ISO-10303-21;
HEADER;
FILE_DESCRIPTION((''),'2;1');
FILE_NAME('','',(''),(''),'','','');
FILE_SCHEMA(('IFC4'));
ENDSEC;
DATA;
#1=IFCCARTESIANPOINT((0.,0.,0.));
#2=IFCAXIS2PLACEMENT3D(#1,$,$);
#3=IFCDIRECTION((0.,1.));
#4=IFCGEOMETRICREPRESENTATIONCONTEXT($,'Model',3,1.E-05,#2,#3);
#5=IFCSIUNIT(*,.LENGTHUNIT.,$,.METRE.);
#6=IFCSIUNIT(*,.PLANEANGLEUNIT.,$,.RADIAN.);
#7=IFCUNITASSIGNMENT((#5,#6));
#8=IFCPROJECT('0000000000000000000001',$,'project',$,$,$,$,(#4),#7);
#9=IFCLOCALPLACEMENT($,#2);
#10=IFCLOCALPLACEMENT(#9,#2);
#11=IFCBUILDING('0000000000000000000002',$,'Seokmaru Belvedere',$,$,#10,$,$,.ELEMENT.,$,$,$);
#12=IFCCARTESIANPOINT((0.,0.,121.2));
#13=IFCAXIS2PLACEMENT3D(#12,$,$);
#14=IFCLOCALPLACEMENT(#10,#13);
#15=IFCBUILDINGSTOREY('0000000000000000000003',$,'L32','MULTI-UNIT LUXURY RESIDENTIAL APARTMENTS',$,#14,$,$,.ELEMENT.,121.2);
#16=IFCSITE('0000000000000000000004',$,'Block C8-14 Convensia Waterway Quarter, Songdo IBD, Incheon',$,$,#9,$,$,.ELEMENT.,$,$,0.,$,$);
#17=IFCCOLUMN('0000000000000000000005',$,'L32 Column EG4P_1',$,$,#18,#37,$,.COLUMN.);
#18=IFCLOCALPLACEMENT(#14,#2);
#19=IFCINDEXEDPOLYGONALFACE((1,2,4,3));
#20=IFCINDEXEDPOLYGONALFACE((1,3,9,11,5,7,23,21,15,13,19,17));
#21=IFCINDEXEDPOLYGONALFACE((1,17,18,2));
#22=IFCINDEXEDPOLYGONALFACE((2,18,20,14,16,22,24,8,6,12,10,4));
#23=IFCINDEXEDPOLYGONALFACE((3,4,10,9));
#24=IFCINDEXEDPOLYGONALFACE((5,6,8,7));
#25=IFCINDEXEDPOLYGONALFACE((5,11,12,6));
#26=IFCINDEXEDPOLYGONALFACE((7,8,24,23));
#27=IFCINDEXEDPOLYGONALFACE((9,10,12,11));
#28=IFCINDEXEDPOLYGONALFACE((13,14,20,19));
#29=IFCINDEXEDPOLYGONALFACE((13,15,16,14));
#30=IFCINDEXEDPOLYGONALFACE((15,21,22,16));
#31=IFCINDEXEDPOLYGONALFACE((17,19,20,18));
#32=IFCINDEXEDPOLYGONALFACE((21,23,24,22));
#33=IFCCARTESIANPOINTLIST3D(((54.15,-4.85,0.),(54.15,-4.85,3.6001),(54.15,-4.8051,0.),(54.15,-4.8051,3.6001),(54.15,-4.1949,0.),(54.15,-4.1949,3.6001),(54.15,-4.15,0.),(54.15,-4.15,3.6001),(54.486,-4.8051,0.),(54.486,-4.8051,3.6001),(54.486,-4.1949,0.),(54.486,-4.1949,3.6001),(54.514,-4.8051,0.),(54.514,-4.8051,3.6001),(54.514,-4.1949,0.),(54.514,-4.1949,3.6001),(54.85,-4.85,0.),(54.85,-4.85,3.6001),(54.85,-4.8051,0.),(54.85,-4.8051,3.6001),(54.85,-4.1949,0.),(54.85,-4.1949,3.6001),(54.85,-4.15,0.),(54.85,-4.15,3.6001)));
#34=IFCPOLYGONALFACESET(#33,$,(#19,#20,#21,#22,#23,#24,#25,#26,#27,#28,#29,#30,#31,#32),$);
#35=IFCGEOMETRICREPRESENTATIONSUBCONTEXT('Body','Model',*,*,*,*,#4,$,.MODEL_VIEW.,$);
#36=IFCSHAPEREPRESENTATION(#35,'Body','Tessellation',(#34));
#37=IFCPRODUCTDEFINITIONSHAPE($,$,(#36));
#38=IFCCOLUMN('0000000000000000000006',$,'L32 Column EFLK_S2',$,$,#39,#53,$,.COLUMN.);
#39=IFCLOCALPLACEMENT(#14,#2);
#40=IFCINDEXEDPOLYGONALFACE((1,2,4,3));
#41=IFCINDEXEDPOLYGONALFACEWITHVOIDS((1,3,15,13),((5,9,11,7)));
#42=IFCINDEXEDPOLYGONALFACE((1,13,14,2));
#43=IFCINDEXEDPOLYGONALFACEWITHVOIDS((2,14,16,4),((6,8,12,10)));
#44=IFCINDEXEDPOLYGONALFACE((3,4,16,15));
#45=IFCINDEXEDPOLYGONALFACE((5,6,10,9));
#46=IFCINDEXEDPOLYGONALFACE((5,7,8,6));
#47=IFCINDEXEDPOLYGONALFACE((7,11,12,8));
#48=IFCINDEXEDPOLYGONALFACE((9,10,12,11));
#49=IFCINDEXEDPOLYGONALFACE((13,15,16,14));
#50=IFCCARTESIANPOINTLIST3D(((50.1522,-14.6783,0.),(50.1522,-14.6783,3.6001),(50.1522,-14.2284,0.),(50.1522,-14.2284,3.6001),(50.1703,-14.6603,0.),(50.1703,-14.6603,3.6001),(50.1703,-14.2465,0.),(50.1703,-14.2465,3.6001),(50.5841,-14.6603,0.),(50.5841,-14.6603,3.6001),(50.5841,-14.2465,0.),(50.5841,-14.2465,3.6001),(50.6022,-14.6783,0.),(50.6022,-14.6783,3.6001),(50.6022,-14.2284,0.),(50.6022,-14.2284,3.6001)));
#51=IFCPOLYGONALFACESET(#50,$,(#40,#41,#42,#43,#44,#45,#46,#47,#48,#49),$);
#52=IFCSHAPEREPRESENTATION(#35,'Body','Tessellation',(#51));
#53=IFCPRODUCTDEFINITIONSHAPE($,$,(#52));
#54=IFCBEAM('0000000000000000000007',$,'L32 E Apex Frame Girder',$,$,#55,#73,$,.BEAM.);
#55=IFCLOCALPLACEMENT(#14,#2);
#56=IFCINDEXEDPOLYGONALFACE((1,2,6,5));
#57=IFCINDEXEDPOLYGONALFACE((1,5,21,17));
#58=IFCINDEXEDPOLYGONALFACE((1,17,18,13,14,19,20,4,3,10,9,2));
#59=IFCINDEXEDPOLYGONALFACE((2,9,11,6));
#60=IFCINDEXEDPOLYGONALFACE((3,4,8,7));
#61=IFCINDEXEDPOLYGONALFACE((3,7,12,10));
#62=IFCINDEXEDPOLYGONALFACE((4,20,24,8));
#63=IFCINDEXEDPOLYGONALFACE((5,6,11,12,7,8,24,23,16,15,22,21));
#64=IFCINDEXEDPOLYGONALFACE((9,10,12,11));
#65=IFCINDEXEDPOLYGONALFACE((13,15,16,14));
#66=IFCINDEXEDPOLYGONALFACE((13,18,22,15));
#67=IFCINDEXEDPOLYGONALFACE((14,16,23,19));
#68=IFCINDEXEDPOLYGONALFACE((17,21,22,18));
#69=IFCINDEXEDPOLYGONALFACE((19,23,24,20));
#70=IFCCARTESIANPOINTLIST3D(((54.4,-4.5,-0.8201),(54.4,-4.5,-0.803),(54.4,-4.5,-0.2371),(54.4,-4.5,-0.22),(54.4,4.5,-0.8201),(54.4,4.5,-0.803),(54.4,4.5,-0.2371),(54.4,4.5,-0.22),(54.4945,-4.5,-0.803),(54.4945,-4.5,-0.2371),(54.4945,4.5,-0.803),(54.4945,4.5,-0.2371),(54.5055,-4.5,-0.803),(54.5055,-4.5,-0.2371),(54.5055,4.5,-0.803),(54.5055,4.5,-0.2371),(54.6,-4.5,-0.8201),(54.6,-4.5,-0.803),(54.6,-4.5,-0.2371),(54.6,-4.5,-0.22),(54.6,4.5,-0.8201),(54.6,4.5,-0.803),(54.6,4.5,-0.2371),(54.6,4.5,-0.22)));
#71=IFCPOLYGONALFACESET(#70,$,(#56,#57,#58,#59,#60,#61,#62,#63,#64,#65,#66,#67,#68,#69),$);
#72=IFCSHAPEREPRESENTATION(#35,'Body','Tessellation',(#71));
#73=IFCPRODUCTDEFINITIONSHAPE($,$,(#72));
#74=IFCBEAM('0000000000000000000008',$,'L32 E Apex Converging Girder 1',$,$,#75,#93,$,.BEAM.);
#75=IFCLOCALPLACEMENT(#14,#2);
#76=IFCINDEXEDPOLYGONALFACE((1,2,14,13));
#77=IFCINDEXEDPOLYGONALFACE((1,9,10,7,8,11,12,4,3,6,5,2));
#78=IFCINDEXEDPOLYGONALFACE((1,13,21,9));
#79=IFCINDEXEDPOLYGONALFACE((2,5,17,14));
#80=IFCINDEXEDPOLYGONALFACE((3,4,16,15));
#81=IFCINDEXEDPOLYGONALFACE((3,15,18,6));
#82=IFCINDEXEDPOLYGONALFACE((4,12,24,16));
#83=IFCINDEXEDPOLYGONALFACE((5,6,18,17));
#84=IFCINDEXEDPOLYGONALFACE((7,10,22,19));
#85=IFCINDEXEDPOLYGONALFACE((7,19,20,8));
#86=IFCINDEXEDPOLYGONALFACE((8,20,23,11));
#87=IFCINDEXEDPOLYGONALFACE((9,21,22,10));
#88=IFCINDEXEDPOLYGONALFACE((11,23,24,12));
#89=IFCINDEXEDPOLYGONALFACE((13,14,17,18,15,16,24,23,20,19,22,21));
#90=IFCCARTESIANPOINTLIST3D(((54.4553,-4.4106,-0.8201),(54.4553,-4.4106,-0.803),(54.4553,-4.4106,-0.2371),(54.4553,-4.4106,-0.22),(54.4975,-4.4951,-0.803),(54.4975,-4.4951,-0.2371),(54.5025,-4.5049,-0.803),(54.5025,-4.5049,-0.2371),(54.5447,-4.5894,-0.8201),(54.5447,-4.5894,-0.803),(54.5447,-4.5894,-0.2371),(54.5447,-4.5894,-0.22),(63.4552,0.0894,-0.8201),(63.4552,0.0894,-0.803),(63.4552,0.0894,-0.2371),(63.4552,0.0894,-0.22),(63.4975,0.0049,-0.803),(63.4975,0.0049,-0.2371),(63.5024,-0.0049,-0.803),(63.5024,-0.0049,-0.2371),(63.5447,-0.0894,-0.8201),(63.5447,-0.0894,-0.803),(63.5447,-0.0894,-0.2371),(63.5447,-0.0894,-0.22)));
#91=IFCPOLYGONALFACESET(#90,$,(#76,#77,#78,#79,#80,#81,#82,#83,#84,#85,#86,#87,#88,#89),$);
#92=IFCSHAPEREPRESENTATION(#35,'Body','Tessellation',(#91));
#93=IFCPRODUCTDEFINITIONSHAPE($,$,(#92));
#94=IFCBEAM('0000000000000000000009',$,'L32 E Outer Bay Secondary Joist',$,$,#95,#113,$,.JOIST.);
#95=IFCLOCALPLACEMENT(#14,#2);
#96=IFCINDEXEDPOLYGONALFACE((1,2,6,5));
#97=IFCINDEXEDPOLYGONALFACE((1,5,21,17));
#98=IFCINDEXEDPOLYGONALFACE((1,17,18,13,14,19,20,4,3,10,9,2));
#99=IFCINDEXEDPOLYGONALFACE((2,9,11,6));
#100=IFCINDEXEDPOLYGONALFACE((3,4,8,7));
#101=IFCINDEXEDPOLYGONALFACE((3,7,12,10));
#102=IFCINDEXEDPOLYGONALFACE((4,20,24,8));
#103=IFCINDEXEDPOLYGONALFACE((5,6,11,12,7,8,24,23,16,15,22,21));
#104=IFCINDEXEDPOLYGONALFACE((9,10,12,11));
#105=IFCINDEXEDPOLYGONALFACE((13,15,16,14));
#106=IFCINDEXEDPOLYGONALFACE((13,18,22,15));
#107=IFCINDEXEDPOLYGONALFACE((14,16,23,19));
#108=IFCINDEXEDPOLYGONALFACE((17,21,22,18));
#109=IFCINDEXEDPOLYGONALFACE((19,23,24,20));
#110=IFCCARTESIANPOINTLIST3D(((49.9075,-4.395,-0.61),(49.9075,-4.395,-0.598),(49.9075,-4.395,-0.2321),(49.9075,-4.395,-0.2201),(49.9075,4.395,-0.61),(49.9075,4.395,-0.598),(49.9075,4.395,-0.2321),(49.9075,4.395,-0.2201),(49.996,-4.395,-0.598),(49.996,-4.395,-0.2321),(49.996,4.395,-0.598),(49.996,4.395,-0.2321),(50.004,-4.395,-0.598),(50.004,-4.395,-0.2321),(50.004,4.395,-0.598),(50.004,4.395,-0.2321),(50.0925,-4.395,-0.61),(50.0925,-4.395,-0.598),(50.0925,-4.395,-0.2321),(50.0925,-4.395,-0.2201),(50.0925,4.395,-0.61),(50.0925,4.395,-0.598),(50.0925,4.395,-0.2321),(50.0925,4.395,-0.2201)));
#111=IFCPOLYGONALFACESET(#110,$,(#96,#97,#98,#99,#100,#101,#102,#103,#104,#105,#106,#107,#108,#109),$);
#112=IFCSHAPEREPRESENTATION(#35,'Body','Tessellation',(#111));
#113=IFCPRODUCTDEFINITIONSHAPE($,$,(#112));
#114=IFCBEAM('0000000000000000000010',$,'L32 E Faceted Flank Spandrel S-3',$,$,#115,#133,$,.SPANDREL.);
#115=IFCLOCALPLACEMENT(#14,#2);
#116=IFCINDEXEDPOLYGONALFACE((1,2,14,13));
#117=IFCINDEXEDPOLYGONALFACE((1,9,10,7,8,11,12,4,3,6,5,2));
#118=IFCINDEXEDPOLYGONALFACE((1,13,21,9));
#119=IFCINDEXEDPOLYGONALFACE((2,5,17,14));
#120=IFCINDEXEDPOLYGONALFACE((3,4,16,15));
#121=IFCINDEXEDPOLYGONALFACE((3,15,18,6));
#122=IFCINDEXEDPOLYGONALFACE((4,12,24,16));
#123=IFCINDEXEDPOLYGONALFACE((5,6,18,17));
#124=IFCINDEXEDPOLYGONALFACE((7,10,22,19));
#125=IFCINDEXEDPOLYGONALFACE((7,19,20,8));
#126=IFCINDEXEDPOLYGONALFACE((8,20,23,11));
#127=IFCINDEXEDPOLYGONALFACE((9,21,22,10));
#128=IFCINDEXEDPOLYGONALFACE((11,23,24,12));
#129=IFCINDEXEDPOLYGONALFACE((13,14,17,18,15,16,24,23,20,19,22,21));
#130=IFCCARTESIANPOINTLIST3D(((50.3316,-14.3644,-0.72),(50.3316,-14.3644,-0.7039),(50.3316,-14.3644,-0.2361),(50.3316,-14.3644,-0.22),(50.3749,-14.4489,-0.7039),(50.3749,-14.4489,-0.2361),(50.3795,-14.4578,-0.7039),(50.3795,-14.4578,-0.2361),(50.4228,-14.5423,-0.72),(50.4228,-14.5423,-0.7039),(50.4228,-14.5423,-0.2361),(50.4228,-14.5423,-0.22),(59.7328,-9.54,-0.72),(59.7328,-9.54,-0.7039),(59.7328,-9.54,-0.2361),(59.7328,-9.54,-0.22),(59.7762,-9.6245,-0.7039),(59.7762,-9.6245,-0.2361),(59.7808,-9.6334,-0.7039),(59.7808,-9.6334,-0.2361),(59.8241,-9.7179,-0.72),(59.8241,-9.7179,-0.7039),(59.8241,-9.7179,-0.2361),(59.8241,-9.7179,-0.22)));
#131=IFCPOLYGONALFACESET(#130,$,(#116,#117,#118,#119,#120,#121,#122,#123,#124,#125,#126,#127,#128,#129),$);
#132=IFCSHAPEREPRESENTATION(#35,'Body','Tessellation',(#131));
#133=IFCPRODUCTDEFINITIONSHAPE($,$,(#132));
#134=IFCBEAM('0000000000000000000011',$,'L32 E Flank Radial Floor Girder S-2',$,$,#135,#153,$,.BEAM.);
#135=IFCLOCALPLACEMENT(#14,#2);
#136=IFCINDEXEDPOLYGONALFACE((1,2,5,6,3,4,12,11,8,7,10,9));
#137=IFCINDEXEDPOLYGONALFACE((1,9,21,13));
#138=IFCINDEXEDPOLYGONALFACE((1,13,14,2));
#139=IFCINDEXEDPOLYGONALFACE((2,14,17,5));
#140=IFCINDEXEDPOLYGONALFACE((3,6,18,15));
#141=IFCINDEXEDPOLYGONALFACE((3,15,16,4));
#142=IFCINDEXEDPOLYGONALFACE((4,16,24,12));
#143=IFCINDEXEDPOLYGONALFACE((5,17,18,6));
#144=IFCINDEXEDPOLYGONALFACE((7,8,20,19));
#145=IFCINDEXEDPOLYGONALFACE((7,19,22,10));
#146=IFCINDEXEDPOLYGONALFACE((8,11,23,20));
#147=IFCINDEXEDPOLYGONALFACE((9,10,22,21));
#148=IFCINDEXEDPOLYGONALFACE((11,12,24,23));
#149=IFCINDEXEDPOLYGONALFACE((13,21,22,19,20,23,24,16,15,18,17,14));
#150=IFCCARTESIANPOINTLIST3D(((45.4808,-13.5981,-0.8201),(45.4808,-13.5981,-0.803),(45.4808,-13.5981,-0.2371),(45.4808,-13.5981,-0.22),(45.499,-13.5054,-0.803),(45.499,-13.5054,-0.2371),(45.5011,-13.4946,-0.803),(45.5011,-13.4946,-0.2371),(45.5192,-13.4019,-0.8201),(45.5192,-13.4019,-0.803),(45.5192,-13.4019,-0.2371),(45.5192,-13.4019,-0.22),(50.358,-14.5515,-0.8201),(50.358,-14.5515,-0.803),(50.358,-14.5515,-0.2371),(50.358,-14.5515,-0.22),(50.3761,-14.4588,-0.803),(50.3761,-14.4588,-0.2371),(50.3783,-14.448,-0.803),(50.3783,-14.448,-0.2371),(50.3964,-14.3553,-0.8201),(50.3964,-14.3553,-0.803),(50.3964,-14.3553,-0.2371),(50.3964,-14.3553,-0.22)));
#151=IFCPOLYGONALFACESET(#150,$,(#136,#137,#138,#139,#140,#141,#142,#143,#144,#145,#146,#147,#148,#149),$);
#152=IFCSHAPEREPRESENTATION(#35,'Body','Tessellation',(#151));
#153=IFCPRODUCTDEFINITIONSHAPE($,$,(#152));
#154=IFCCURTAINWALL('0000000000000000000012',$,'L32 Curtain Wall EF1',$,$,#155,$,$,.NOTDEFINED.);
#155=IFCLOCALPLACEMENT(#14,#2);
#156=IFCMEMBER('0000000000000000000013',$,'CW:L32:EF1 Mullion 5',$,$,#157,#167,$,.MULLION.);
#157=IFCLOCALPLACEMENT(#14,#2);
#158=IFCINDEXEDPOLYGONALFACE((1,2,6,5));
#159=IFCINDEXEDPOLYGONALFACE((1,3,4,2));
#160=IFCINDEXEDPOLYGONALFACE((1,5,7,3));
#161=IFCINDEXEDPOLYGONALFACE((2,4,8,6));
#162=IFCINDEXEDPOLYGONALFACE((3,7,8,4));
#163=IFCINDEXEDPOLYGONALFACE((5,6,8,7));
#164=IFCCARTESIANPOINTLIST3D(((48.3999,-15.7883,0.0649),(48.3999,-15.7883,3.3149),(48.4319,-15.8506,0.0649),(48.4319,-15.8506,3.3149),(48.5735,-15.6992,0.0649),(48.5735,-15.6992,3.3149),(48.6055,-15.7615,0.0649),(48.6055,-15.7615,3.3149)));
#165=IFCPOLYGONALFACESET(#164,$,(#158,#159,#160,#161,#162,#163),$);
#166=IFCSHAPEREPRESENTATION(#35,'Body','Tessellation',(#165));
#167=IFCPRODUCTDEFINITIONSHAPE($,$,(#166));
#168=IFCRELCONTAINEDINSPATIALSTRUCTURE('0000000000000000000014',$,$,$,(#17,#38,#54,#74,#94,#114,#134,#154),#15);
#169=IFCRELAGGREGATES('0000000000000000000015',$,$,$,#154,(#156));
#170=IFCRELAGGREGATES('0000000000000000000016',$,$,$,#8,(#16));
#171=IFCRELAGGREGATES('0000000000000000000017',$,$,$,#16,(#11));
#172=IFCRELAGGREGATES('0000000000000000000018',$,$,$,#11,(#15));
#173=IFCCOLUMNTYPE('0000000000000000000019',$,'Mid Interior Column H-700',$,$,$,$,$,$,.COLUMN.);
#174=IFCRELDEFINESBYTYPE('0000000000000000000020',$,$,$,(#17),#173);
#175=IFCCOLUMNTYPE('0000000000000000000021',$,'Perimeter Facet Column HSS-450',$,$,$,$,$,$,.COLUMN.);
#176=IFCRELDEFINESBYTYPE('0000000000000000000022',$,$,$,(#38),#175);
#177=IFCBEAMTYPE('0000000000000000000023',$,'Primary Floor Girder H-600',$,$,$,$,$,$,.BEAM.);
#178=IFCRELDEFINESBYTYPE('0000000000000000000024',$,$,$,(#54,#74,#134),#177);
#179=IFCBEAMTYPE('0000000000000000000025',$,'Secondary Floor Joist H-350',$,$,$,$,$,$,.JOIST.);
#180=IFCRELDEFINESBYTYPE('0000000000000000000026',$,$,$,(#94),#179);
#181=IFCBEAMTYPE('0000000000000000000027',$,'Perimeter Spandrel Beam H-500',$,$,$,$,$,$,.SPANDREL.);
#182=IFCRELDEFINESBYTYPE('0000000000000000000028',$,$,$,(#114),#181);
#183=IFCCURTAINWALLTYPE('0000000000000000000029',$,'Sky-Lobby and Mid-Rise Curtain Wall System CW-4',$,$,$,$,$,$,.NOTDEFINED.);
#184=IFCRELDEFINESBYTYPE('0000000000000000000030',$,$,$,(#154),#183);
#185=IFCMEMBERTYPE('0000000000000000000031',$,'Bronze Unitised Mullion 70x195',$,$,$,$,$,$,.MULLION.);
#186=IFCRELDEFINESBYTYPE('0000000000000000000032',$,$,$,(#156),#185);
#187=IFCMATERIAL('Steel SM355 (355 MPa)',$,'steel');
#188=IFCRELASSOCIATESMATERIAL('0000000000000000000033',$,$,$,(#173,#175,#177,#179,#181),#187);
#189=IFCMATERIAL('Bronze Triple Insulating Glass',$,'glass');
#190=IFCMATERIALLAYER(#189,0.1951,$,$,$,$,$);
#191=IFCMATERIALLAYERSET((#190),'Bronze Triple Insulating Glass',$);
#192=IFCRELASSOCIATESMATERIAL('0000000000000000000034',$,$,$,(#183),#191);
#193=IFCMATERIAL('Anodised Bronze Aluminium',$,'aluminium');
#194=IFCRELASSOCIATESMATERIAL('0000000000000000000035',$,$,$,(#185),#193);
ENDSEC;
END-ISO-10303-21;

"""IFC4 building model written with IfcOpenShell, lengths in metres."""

from ifc_helpers import new_model, si_unit, direction, frame, origin, origin_2d, place, context, subcontext, project, spatial, rectangle, hollow_rectangle, i_section, extrude, source, transform, mapped, material, layer, layer_set, material_profile, profile_set, type_object, type_shapes, element, aggregate, save


model = new_model("IFC4")

# Units and contexts
model_context = context("Model", 3, precision=1e-05, world=origin(), true_north=direction((0.0, 1.0)))
body_context = subcontext(model_context, "Body", "Model", "MODEL_VIEW")
ifc_project = project(units=[si_unit("LENGTHUNIT", "METRE"), si_unit("PLANEANGLEUNIT", "RADIAN")], contexts=[model_context])

# Site, building, storey
site_placement = place(None, origin())
site = spatial("IfcSite", under=ifc_project, at=site_placement, Name="Block C8-14 Convensia Waterway Quarter, Songdo IBD, Incheon", CompositionType="ELEMENT", RefElevation=0.0)
building_placement = place(site_placement, origin())
building = spatial("IfcBuilding", under=site, at=building_placement, Name="Seokmaru Belvedere", CompositionType="ELEMENT")
storey_placement = place(building_placement, frame((0.0, 0.0, 121.2)))
storey = spatial("IfcBuildingStorey", under=building, at=storey_placement, Name="L32", Description="MULTI-UNIT LUXURY RESIDENTIAL APARTMENTS", CompositionType="ELEMENT", Elevation=121.2)

# Columns
ifc_material_1 = material(Name="Steel SM355 (355 MPa)", Category="steel")
ifc_material_profile_1 = material_profile(ifc_material_1, i_section(OverallWidth=0.7, OverallDepth=0.7, WebThickness=0.0281, FlangeThickness=0.0449, at=origin_2d()), Name="H-700x700x28x45")
ifc_profile_set_1 = profile_set([ifc_material_profile_1], Name="Steel SM355 (355 MPa)")
column_type_1 = type_object("IfcColumnType", Name="Mid Interior Column H-700", PredefinedType="COLUMN", material=ifc_profile_set_1)
shared_shape_1 = source(origin(), body_context, "Body", "SweptSolid", [
    extrude(i_section(OverallWidth=0.7, OverallDepth=0.7, WebThickness=0.0281, FlangeThickness=0.0449, at=origin_2d()), origin(), (0.0, 0.0, 1.0), 3.6001),
])
type_shapes(column_type_1, [shared_shape_1])
column_1_placement = place(storey_placement, frame((54.5, -4.5, 0.0), z_axis=(0.0, 0.0, 1.0), x_axis=(1.0, 0.0, 0.0)))
element("IfcColumn", 1, at=column_1_placement, inside=storey, type_object=column_type_1, Name="L32 Column EG4P_1", PredefinedType="COLUMN", context=body_context, shape_type="MappedRepresentation", body=[
    mapped(shared_shape_1, transform((0.0, 0.0, 0.0), scale=1.0)),
])
ifc_material_profile_2 = material_profile(ifc_material_1, hollow_rectangle(XDim=0.45, YDim=0.45, WallThickness=0.0181, at=origin_2d()), Name="HSS-450x450x18")
ifc_profile_set_2 = profile_set([ifc_material_profile_2], Name="Steel SM355 (355 MPa)")
column_type_2 = type_object("IfcColumnType", Name="Perimeter Facet Column HSS-450", PredefinedType="COLUMN", material=ifc_profile_set_2)
shared_shape_2 = source(origin(), body_context, "Body", "SweptSolid", [
    extrude(hollow_rectangle(XDim=0.45, YDim=0.45, WallThickness=0.0181, at=origin_2d()), origin(), (0.0, 0.0, 1.0), 3.6001),
])
type_shapes(column_type_2, [shared_shape_2])
column_2_placement = place(storey_placement, frame((50.3772, -14.4534, 0.0), z_axis=(0.0, 0.0, 1.0), x_axis=(1.0, 0.0, 0.0)))
element("IfcColumn", 2, at=column_2_placement, inside=storey, type_object=column_type_2, Name="L32 Column EFLK_S2", PredefinedType="COLUMN", context=body_context, shape_type="MappedRepresentation", body=[
    mapped(shared_shape_2, transform((0.0, 0.0, 0.0), scale=1.0)),
])

# Beams
ifc_material_profile_3 = material_profile(ifc_material_1, i_section(OverallWidth=0.2, OverallDepth=0.6001, WebThickness=0.011, FlangeThickness=0.0171, at=origin_2d()), Name="H-600x200x11x17")
ifc_profile_set_3 = profile_set([ifc_material_profile_3], Name="Steel SM355 (355 MPa)")
beam_type_1 = type_object("IfcBeamType", Name="Primary Floor Girder H-600", PredefinedType="BEAM", material=ifc_profile_set_3)
shared_shape_3 = source(origin(), body_context, "Body", "SweptSolid", [
    extrude(i_section(OverallWidth=0.2, OverallDepth=0.6001, WebThickness=0.011, FlangeThickness=0.0171, at=origin_2d()), origin(), (0.0, 0.0, 1.0), 9.0),
])
beam_1_placement = place(storey_placement, frame((54.5, -4.5, -0.52), z_axis=(0.0, 1.0, 0.0), x_axis=(-1.0, 0.0, 0.0)))
element("IfcBeam", 3, at=beam_1_placement, inside=storey, type_object=beam_type_1, Name="L32 E Apex Frame Girder", PredefinedType="BEAM", context=body_context, shape_type="MappedRepresentation", body=[
    mapped(shared_shape_3, transform((0.0, 0.0, 0.0), scale=1.0)),
])
shared_shape_4 = source(origin(), body_context, "Body", "SweptSolid", [
    extrude(i_section(OverallWidth=0.2, OverallDepth=0.6001, WebThickness=0.011, FlangeThickness=0.0171, at=origin_2d()), origin(), (0.0, 0.0, 1.0), 10.0623),
])
beam_2_placement = place(storey_placement, frame((54.5, -4.5, -0.52), z_axis=(0.894427, 0.447214, 0.0), x_axis=(-0.447214, 0.894427, 0.0)))
element("IfcBeam", 4, at=beam_2_placement, inside=storey, type_object=beam_type_1, Name="L32 E Apex Converging Girder 1", PredefinedType="BEAM", context=body_context, shape_type="MappedRepresentation", body=[
    mapped(shared_shape_4, transform((0.0, 0.0, 0.0), scale=1.0)),
])
ifc_material_profile_4 = material_profile(ifc_material_1, i_section(OverallWidth=0.1851, OverallDepth=0.3899, WebThickness=0.0081, FlangeThickness=0.012, at=origin_2d()), Name="H-390x185x8x12")
ifc_profile_set_4 = profile_set([ifc_material_profile_4], Name="Steel SM355 (355 MPa)")
beam_type_2 = type_object("IfcBeamType", Name="Secondary Floor Joist H-350", PredefinedType="JOIST", material=ifc_profile_set_4)
shared_shape_5 = source(origin(), body_context, "Body", "SweptSolid", [
    extrude(i_section(OverallWidth=0.1851, OverallDepth=0.3899, WebThickness=0.0081, FlangeThickness=0.012, at=origin_2d()), origin(), (0.0, 0.0, 1.0), 8.79),
])
type_shapes(beam_type_2, [shared_shape_5])
beam_3_placement = place(storey_placement, frame((50.0, -4.395, -0.415), z_axis=(0.0, 1.0, 0.0), x_axis=(-1.0, 0.0, 0.0)))
element("IfcBeam", 5, at=beam_3_placement, inside=storey, type_object=beam_type_2, Name="L32 E Outer Bay Secondary Joist", PredefinedType="JOIST", context=body_context, shape_type="MappedRepresentation", body=[
    mapped(shared_shape_5, transform((0.0, 0.0, 0.0), scale=1.0)),
])
ifc_material_profile_5 = material_profile(ifc_material_1, i_section(OverallWidth=0.2, OverallDepth=0.5, WebThickness=0.01, FlangeThickness=0.0161, at=origin_2d()), Name="H-500x200x10x16")
ifc_profile_set_5 = profile_set([ifc_material_profile_5], Name="Steel SM355 (355 MPa)")
beam_type_3 = type_object("IfcBeamType", Name="Perimeter Spandrel Beam H-500", PredefinedType="SPANDREL", material=ifc_profile_set_5)
shared_shape_6 = source(origin(), body_context, "Body", "SweptSolid", [
    extrude(i_section(OverallWidth=0.2, OverallDepth=0.5, WebThickness=0.01, FlangeThickness=0.0161, at=origin_2d()), origin(), (0.0, 0.0, 1.0), 10.5669),
])
type_shapes(beam_type_3, [shared_shape_6])
beam_4_placement = place(storey_placement, frame((50.3772, -14.4534, -0.47), z_axis=(0.889693, 0.45656, 0.0), x_axis=(-0.45656, 0.889693, 0.0)))
element("IfcBeam", 6, at=beam_4_placement, inside=storey, type_object=beam_type_3, Name="L32 E Faceted Flank Spandrel S-3", PredefinedType="SPANDREL", context=body_context, shape_type="MappedRepresentation", body=[
    mapped(shared_shape_6, transform((0.0, 0.0, 0.0), scale=1.0)),
])
shared_shape_7 = source(origin(), body_context, "Body", "SweptSolid", [
    extrude(i_section(OverallWidth=0.2, OverallDepth=0.6001, WebThickness=0.011, FlangeThickness=0.0171, at=origin_2d()), origin(), (0.0, 0.0, 1.0), 4.9695),
])
type_shapes(beam_type_1, [shared_shape_3, shared_shape_4, shared_shape_7])
beam_5_placement = place(storey_placement, frame((50.3772, -14.4534, -0.52), z_axis=(-0.981425, 0.191844, 0.0), x_axis=(-0.191844, -0.981425, 0.0)))
element("IfcBeam", 7, at=beam_5_placement, inside=storey, type_object=beam_type_1, Name="L32 E Flank Radial Floor Girder S-2", PredefinedType="BEAM", context=body_context, shape_type="MappedRepresentation", body=[
    mapped(shared_shape_7, transform((0.0, 0.0, 0.0), scale=1.0)),
])

# Curtain wall, member
ifc_material_2 = material(Name="Bronze Triple Insulating Glass", Category="glass")
ifc_layer_1 = layer(ifc_material_2, 0.1951)
ifc_layer_set_1 = layer_set([ifc_layer_1], Name="Bronze Triple Insulating Glass")
curtain_wall_type = type_object("IfcCurtainWallType", Name="Sky-Lobby and Mid-Rise Curtain Wall System CW-4", PredefinedType="NOTDEFINED", material=ifc_layer_set_1)
curtain_wall_placement = place(storey_placement, origin())
curtain_wall = element("IfcCurtainWall", 8, at=curtain_wall_placement, inside=storey, type_object=curtain_wall_type, Name="L32 Curtain Wall EF1", PredefinedType="NOTDEFINED")
ifc_material_3 = material(Name="Anodised Bronze Aluminium", Category="aluminium")
ifc_material_profile_6 = material_profile(ifc_material_3, rectangle(XDim=0.0701, YDim=0.1951, at=origin_2d()), Name="CW-M-70x195")
ifc_profile_set_6 = profile_set([ifc_material_profile_6], Name="Anodised Bronze Aluminium")
member_type = type_object("IfcMemberType", Name="Bronze Unitised Mullion 70x195", PredefinedType="MULLION", material=ifc_profile_set_6)
shared_shape_8 = source(origin(), body_context, "Body", "SweptSolid", [
    extrude(rectangle(XDim=0.0701, YDim=0.1951, at=origin_2d()), origin(), (0.0, 0.0, 1.0), 3.25),
])
type_shapes(member_type, [shared_shape_8])
member_1_placement = place(storey_placement, frame((48.5027, -15.7749, 0.0649), z_axis=(0.0, 0.0, 1.0), x_axis=(-0.456555, 0.889695, 0.0)))
member_1 = element("IfcMember", 9, at=member_1_placement, type_object=member_type, Name="CW:L32:EF1 Mullion 5", PredefinedType="MULLION", context=body_context, shape_type="MappedRepresentation", body=[
    mapped(shared_shape_8, transform((0.0, 0.0, 0.0), scale=1.0)),
])
aggregate(curtain_wall, [member_1])

save(model, "model.ifc")
